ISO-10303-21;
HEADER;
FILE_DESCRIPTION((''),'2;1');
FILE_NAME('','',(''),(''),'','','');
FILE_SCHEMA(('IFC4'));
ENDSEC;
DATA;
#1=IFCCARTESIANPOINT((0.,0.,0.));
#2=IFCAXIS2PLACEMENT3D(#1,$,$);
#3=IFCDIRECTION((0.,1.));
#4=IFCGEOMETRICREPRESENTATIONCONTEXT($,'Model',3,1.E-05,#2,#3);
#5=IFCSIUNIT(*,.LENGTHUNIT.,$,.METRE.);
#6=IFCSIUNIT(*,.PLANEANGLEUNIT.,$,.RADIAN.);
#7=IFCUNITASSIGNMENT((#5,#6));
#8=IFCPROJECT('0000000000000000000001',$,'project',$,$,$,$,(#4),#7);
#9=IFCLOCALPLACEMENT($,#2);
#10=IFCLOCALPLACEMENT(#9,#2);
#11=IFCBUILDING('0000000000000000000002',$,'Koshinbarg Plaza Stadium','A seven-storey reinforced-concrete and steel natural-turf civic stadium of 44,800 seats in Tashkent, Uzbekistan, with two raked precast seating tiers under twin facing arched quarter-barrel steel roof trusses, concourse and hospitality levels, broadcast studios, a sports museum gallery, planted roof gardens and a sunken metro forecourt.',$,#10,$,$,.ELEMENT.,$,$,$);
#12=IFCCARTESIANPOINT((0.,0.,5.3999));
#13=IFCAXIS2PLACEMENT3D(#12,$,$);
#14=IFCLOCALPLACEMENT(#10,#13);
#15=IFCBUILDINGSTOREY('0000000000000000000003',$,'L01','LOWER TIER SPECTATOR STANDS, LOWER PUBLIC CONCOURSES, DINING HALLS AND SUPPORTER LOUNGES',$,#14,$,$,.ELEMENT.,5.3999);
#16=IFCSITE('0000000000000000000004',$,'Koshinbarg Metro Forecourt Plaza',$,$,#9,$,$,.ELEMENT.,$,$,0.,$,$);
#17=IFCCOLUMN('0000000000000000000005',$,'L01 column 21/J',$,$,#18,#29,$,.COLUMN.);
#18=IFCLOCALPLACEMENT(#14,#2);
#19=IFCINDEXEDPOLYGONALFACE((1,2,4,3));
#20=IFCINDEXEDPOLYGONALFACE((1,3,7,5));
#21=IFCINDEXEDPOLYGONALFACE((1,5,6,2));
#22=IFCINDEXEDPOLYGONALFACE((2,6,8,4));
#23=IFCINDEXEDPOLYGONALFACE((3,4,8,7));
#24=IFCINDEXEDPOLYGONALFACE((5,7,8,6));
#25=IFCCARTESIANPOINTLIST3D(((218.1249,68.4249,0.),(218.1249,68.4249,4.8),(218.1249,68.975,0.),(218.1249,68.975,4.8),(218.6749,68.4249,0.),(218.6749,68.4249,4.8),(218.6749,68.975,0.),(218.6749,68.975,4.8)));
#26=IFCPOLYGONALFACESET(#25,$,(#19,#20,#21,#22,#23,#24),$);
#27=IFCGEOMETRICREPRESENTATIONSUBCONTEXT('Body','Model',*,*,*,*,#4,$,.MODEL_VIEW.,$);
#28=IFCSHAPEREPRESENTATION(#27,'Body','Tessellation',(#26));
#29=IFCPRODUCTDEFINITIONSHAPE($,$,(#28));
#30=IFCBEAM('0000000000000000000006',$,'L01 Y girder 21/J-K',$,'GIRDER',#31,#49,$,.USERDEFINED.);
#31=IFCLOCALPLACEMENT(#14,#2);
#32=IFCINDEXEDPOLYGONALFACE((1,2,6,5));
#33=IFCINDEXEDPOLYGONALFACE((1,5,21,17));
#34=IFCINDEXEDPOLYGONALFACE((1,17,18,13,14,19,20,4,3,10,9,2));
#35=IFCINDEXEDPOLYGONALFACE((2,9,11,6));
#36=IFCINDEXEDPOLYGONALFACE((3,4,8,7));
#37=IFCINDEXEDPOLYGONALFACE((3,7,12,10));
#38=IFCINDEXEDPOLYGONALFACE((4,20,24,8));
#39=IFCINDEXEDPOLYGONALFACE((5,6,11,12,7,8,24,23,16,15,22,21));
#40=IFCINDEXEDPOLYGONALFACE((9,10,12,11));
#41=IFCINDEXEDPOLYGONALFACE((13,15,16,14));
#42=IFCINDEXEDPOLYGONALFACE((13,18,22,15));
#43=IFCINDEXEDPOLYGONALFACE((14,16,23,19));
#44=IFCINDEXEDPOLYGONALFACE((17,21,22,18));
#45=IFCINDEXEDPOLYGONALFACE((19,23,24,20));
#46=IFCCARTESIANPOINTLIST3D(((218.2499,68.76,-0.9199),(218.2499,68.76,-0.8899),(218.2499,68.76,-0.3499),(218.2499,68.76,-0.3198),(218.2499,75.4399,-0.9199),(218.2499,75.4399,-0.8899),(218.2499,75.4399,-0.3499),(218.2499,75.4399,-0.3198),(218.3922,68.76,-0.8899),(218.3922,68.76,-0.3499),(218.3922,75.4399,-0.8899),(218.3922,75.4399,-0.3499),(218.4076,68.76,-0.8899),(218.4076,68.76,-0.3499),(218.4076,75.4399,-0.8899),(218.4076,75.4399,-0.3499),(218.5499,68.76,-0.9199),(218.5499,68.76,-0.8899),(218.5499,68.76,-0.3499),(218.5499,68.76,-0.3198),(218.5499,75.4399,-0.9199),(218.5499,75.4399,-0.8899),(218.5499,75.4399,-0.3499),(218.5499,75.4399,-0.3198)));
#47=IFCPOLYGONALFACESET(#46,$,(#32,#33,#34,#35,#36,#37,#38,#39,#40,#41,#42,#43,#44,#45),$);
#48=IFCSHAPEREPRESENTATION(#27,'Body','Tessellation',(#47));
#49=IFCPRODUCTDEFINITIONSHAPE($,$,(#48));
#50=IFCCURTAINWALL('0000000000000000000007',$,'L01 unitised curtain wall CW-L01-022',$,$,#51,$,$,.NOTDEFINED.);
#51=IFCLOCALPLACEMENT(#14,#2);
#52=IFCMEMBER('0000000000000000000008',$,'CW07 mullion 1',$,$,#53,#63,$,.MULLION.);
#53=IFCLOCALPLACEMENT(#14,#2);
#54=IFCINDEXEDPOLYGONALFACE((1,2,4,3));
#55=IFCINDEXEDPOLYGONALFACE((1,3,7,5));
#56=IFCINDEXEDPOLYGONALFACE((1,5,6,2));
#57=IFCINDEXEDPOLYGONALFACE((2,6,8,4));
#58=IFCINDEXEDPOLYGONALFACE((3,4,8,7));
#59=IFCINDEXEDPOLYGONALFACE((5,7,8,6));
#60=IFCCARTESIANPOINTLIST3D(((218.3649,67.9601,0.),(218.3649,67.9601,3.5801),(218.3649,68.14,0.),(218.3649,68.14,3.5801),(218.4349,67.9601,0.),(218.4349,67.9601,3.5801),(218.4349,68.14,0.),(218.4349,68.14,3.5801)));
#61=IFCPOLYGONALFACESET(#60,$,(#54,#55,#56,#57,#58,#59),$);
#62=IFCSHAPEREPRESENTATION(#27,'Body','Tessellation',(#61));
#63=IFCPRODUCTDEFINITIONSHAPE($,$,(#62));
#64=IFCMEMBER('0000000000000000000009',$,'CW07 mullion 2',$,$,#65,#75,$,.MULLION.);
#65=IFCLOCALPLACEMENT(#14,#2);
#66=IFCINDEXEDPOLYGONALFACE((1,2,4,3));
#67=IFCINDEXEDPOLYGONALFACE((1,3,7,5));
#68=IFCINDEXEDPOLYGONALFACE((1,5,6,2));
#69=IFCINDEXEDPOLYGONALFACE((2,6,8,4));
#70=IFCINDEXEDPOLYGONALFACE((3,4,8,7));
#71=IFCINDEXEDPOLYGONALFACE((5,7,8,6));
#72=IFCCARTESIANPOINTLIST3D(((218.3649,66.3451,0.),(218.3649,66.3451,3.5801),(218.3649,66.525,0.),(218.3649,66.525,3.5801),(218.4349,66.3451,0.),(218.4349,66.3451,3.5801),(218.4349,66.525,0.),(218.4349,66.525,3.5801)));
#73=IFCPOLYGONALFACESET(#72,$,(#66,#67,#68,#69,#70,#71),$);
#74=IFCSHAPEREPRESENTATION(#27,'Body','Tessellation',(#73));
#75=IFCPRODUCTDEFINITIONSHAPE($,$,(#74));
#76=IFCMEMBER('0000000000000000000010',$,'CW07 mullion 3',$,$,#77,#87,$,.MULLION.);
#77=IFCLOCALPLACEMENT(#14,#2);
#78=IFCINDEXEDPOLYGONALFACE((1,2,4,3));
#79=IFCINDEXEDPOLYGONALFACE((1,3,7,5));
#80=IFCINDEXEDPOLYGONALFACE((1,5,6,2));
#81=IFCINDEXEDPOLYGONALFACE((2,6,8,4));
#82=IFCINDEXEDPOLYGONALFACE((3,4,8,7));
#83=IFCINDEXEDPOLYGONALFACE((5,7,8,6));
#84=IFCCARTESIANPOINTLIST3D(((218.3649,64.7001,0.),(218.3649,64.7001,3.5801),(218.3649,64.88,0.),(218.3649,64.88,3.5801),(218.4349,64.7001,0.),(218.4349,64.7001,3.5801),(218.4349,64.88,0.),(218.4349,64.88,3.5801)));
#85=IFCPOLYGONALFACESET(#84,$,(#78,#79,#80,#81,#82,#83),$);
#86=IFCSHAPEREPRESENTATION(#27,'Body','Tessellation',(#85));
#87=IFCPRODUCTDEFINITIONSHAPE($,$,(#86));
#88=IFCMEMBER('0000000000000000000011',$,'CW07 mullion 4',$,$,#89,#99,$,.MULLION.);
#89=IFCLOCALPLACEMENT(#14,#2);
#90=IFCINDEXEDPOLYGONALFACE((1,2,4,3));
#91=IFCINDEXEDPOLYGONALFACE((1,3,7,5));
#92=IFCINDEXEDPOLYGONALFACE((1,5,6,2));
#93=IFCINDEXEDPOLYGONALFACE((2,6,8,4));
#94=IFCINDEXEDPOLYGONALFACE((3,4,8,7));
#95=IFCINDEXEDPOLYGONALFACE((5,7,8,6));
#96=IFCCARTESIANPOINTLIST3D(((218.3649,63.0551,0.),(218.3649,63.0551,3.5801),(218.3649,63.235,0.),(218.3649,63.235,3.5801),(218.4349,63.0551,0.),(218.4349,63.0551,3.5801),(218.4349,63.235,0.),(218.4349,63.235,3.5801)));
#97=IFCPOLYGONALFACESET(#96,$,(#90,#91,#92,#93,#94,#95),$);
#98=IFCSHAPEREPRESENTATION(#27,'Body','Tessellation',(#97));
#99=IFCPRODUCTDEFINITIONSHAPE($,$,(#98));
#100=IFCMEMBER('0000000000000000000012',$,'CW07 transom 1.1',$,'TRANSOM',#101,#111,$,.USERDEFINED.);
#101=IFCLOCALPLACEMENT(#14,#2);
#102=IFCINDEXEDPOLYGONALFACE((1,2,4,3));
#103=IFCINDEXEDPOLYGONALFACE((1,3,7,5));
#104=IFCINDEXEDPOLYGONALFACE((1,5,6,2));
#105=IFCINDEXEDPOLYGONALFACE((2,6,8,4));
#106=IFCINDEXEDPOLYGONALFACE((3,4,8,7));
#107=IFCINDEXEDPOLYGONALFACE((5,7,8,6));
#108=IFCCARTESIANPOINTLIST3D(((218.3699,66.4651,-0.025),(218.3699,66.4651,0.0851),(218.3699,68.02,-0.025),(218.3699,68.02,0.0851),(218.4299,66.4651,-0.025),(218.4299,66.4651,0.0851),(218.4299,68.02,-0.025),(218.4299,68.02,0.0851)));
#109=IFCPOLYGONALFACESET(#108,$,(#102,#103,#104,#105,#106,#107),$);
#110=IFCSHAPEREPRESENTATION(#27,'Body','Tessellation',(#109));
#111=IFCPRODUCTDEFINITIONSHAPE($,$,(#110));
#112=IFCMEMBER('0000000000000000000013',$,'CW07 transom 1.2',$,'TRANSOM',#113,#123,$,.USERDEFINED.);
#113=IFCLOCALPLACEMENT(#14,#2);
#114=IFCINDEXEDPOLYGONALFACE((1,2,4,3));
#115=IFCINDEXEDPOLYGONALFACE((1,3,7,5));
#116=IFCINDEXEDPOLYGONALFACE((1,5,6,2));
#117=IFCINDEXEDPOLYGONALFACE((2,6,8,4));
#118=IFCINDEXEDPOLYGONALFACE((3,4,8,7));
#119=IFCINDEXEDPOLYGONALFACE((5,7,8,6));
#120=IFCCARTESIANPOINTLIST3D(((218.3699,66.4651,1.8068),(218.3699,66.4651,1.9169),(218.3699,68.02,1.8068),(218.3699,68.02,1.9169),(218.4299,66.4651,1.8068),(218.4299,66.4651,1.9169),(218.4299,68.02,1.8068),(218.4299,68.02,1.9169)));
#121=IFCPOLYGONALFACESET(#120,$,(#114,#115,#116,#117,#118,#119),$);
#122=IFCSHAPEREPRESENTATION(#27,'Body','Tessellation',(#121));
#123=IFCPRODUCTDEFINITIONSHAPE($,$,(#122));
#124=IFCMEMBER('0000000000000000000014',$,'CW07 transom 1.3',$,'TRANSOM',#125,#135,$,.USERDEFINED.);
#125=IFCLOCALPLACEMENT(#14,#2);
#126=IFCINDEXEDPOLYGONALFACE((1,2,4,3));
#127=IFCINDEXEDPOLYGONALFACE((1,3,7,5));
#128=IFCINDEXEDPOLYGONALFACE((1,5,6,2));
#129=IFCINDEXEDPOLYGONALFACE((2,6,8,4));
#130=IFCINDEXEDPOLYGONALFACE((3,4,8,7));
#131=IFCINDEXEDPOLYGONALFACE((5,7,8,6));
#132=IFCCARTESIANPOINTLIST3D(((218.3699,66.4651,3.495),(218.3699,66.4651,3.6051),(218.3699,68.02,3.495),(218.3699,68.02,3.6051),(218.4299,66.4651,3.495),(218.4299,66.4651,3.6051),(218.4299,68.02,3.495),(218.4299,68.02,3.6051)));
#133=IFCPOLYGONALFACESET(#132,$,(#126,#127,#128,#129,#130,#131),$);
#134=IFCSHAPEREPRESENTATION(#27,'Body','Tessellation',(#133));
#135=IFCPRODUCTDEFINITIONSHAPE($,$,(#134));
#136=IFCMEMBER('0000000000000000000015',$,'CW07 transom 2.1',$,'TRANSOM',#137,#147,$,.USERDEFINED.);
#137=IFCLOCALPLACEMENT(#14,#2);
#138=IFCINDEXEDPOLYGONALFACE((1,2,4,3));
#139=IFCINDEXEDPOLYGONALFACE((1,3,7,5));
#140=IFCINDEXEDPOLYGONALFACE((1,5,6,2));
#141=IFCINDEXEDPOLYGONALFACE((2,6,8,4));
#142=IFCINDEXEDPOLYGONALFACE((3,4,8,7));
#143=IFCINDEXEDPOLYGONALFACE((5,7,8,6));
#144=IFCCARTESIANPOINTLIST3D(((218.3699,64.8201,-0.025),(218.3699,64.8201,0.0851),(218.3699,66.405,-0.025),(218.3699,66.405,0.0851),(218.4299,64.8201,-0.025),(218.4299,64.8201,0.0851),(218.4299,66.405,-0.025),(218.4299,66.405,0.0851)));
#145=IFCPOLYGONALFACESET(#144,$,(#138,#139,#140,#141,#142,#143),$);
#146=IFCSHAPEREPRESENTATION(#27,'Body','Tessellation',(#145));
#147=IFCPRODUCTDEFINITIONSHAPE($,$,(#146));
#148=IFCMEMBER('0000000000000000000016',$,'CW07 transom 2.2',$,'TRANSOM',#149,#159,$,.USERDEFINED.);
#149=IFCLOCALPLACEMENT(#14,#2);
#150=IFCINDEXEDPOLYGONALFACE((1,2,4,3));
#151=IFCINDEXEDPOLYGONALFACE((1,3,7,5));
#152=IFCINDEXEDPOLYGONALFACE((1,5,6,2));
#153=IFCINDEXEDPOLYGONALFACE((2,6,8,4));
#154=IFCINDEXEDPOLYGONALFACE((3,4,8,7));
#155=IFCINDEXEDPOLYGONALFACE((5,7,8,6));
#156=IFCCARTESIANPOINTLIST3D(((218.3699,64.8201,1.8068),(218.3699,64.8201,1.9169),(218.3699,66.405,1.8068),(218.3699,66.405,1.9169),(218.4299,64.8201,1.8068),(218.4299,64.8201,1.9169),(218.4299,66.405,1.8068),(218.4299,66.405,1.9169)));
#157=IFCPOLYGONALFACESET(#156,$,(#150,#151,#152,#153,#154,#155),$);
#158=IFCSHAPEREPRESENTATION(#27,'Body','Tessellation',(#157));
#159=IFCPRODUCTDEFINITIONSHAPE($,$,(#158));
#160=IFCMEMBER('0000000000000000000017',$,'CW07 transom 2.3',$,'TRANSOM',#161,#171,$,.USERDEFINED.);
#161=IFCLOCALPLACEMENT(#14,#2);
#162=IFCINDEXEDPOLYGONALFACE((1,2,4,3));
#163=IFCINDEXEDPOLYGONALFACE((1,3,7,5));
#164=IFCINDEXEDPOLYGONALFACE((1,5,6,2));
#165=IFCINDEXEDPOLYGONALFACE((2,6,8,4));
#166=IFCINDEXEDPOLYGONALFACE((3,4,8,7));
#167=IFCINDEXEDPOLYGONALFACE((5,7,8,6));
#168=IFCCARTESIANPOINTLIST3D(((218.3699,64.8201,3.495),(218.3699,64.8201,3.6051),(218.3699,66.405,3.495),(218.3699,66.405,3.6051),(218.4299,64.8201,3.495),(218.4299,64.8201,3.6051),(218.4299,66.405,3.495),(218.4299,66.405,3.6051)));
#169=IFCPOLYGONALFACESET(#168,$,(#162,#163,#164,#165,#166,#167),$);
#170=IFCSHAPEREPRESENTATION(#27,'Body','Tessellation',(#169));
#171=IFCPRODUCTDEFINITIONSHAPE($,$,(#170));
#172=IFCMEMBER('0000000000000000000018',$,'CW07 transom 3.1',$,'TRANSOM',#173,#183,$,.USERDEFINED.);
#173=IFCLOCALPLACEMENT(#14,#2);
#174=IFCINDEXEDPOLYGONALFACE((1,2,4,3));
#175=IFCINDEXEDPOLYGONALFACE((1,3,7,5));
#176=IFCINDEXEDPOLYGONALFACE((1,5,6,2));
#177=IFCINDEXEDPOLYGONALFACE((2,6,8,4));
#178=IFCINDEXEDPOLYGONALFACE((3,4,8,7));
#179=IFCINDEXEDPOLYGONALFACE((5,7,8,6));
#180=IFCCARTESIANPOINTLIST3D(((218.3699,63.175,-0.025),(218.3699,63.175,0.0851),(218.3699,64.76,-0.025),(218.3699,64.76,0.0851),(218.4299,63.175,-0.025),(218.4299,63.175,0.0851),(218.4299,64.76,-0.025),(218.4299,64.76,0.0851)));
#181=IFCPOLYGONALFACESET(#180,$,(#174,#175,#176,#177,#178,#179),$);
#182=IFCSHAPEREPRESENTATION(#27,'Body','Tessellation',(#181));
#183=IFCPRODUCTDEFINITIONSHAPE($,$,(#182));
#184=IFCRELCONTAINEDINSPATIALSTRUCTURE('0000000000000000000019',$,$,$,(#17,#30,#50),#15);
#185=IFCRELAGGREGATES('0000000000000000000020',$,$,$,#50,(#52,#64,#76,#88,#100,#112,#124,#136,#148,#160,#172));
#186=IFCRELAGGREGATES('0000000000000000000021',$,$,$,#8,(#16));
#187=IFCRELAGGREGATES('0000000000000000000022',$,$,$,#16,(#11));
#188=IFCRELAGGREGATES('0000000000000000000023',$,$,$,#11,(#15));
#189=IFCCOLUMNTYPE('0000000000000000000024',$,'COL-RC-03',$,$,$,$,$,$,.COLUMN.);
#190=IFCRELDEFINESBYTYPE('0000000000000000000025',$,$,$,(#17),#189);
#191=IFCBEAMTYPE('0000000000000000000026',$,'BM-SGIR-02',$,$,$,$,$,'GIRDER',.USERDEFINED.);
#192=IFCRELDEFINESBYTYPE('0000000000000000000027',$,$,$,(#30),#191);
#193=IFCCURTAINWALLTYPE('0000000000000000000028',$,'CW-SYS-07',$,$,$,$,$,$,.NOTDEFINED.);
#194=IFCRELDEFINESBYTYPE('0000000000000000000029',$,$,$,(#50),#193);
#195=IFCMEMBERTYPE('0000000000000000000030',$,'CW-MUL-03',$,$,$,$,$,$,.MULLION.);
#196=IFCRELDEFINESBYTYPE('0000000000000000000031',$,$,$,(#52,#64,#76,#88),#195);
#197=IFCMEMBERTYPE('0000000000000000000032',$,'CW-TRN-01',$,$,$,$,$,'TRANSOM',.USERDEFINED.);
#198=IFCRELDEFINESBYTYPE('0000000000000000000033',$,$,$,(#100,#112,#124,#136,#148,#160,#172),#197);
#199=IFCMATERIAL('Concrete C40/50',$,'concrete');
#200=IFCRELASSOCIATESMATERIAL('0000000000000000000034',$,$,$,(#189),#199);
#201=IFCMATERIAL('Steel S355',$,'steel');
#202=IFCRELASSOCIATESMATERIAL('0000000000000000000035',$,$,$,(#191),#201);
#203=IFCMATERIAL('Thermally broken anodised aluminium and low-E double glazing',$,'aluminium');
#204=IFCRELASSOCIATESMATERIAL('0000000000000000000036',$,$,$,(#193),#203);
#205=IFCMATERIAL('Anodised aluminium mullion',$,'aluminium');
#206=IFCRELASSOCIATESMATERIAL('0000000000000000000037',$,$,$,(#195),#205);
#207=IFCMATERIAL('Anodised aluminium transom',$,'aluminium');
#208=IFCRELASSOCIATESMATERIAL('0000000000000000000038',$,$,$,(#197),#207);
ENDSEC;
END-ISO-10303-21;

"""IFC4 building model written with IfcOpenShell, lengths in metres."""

from ifc_helpers import new_model, si_unit, direction, frame, origin, origin_2d, place, context, subcontext, project, spatial, rectangle, i_section, extrude, material, material_profile, profile_set, type_object, element, aggregate, save


model = new_model("IFC4")

# Units and contexts
model_context = context("Model", 3, precision=1e-05, world=origin(), true_north=direction((0.0, 1.0)))
body_context = subcontext(model_context, "Body", "Model", "MODEL_VIEW")
ifc_project = project(units=[si_unit("LENGTHUNIT", "METRE"), si_unit("PLANEANGLEUNIT", "RADIAN")], contexts=[model_context])

# Site, building, storey
site_placement = place(None, origin())
site = spatial("IfcSite", under=ifc_project, at=site_placement, Name="Koshinbarg Metro Forecourt Plaza", CompositionType="ELEMENT", RefElevation=0.0)
building_placement = place(site_placement, origin())
building = spatial("IfcBuilding", under=site, at=building_placement, Name="Koshinbarg Plaza Stadium", Description="A seven-storey reinforced-concrete and steel natural-turf civic stadium of 44,800 seats in Tashkent, Uzbekistan, with two raked precast seating tiers under twin facing arched quarter-barrel steel roof trusses, concourse and hospitality levels, broadcast studios, a sports museum gallery, planted roof gardens and a sunken metro forecourt.", CompositionType="ELEMENT")
storey_placement = place(building_placement, frame((0.0, 0.0, 5.3999)))
storey = spatial("IfcBuildingStorey", under=building, at=storey_placement, Name="L01", Description="LOWER TIER SPECTATOR STANDS, LOWER PUBLIC CONCOURSES, DINING HALLS AND SUPPORTER LOUNGES", CompositionType="ELEMENT", Elevation=5.3999)

# Column
ifc_material_1 = material(Name="Concrete C40/50", Category="concrete")
ifc_material_profile_1 = material_profile(ifc_material_1, rectangle(XDim=0.55, YDim=0.55, at=origin_2d()), Name="RC 550x550")
ifc_profile_set_1 = profile_set([ifc_material_profile_1], Name="Concrete C40/50")
column_type = type_object("IfcColumnType", Name="COL-RC-03", PredefinedType="COLUMN", material=ifc_profile_set_1)
column_placement = place(storey_placement, frame((218.3999, 68.7, 0.0), z_axis=(0.0, 0.0, 1.0), x_axis=(1.0, 0.0, 0.0)))
element("IfcColumn", 1, at=column_placement, inside=storey, type_object=column_type, Name="L01 column 21/J", PredefinedType="COLUMN", context=body_context, shape_type="SweptSolid", body=[
    extrude(rectangle(XDim=0.55, YDim=0.55, at=origin_2d()), origin(), (0.0, 0.0, 1.0), 4.8),
])

# Beam
ifc_material_2 = material(Name="Steel S355", Category="steel")
ifc_material_profile_2 = material_profile(ifc_material_2, i_section(OverallWidth=0.3, OverallDepth=0.6001, WebThickness=0.0154, FlangeThickness=0.03, at=origin_2d()), Name="HEB 600")
ifc_profile_set_2 = profile_set([ifc_material_profile_2], Name="Steel S355")
beam_type = type_object("IfcBeamType", Name="BM-SGIR-02", ElementType="GIRDER", PredefinedType="USERDEFINED", material=ifc_profile_set_2)
beam_placement = place(storey_placement, frame((218.3999, 68.76, -0.6199), z_axis=(0.0, 1.0, 0.0), x_axis=(-1.0, 0.0, 0.0)))
element("IfcBeam", 2, at=beam_placement, inside=storey, type_object=beam_type, Name="L01 Y girder 21/J-K", ObjectType="GIRDER", PredefinedType="USERDEFINED", context=body_context, shape_type="SweptSolid", body=[
    extrude(i_section(OverallWidth=0.3, OverallDepth=0.6001, WebThickness=0.0154, FlangeThickness=0.03, at=origin_2d()), origin(), (0.0, 0.0, 1.0), 6.6799),
])

# Curtain wall, members
ifc_material_3 = material(Name="Thermally broken anodised aluminium and low-E double glazing", Category="aluminium")
curtain_wall_type = type_object("IfcCurtainWallType", Name="CW-SYS-07", PredefinedType="NOTDEFINED", material=ifc_material_3)
curtain_wall_placement = place(storey_placement, origin())
curtain_wall = element("IfcCurtainWall", 3, at=curtain_wall_placement, inside=storey, type_object=curtain_wall_type, Name="L01 unitised curtain wall CW-L01-022", PredefinedType="NOTDEFINED")
ifc_material_4 = material(Name="Anodised aluminium mullion", Category="aluminium")
ifc_material_profile_3 = material_profile(ifc_material_4, rectangle(XDim=0.0701, YDim=0.1799, at=origin_2d()), Name="ALU 70x180")
ifc_profile_set_3 = profile_set([ifc_material_profile_3], Name="Anodised aluminium mullion")
member_type_1 = type_object("IfcMemberType", Name="CW-MUL-03", PredefinedType="MULLION", material=ifc_profile_set_3)
member_1_placement = place(storey_placement, frame((218.3999, 68.05, 0.0), z_axis=(0.0, 0.0, 1.0), x_axis=(1.0, 0.0, 0.0)))
member_1 = element("IfcMember", 4, at=member_1_placement, type_object=member_type_1, Name="CW07 mullion 1", PredefinedType="MULLION", context=body_context, shape_type="SweptSolid", body=[
    extrude(rectangle(XDim=0.0701, YDim=0.1799, at=origin_2d()), origin(), (0.0, 0.0, 1.0), 3.5801),
])
member_2_placement = place(storey_placement, frame((218.3999, 66.4351, 0.0), z_axis=(0.0, 0.0, 1.0), x_axis=(1.0, 0.0, 0.0)))
member_2 = element("IfcMember", 5, at=member_2_placement, type_object=member_type_1, Name="CW07 mullion 2", PredefinedType="MULLION", context=body_context, shape_type="SweptSolid", body=[
    extrude(rectangle(XDim=0.0701, YDim=0.1799, at=origin_2d()), origin(), (0.0, 0.0, 1.0), 3.5801),
])
member_3_placement = place(storey_placement, frame((218.3999, 64.79, 0.0), z_axis=(0.0, 0.0, 1.0), x_axis=(1.0, 0.0, 0.0)))
member_3 = element("IfcMember", 6, at=member_3_placement, type_object=member_type_1, Name="CW07 mullion 3", PredefinedType="MULLION", context=body_context, shape_type="SweptSolid", body=[
    extrude(rectangle(XDim=0.0701, YDim=0.1799, at=origin_2d()), origin(), (0.0, 0.0, 1.0), 3.5801),
])
member_4_placement = place(storey_placement, frame((218.3999, 63.145, 0.0), z_axis=(0.0, 0.0, 1.0), x_axis=(1.0, 0.0, 0.0)))
member_4 = element("IfcMember", 7, at=member_4_placement, type_object=member_type_1, Name="CW07 mullion 4", PredefinedType="MULLION", context=body_context, shape_type="SweptSolid", body=[
    extrude(rectangle(XDim=0.0701, YDim=0.1799, at=origin_2d()), origin(), (0.0, 0.0, 1.0), 3.5801),
])
ifc_material_5 = material(Name="Anodised aluminium transom", Category="aluminium")
ifc_material_profile_4 = material_profile(ifc_material_5, rectangle(XDim=0.0601, YDim=0.1101, at=origin_2d()), Name="ALU 60x110")
ifc_profile_set_4 = profile_set([ifc_material_profile_4], Name="Anodised aluminium transom")
member_type_2 = type_object("IfcMemberType", Name="CW-TRN-01", ElementType="TRANSOM", PredefinedType="USERDEFINED", material=ifc_profile_set_4)
member_5_placement = place(storey_placement, frame((218.3999, 68.02, 0.03), z_axis=(0.0, -1.0, 0.0), x_axis=(1.0, 0.0, 0.0)))
member_5 = element("IfcMember", 8, at=member_5_placement, type_object=member_type_2, Name="CW07 transom 1.1", ObjectType="TRANSOM", PredefinedType="USERDEFINED", context=body_context, shape_type="SweptSolid", body=[
    extrude(rectangle(XDim=0.0601, YDim=0.1101, at=origin_2d()), origin(), (0.0, 0.0, 1.0), 1.5549),
])
member_6_placement = place(storey_placement, frame((218.3999, 68.02, 1.8618), z_axis=(0.0, -1.0, 0.0), x_axis=(1.0, 0.0, 0.0)))
member_6 = element("IfcMember", 9, at=member_6_placement, type_object=member_type_2, Name="CW07 transom 1.2", ObjectType="TRANSOM", PredefinedType="USERDEFINED", context=body_context, shape_type="SweptSolid", body=[
    extrude(rectangle(XDim=0.0601, YDim=0.1101, at=origin_2d()), origin(), (0.0, 0.0, 1.0), 1.5549),
])
member_7_placement = place(storey_placement, frame((218.3999, 68.02, 3.55), z_axis=(0.0, -1.0, 0.0), x_axis=(1.0, 0.0, 0.0)))
member_7 = element("IfcMember", 10, at=member_7_placement, type_object=member_type_2, Name="CW07 transom 1.3", ObjectType="TRANSOM", PredefinedType="USERDEFINED", context=body_context, shape_type="SweptSolid", body=[
    extrude(rectangle(XDim=0.0601, YDim=0.1101, at=origin_2d()), origin(), (0.0, 0.0, 1.0), 1.5549),
])
member_8_placement = place(storey_placement, frame((218.3999, 66.405, 0.03), z_axis=(0.0, -1.0, 0.0), x_axis=(1.0, 0.0, 0.0)))
member_8 = element("IfcMember", 11, at=member_8_placement, type_object=member_type_2, Name="CW07 transom 2.1", ObjectType="TRANSOM", PredefinedType="USERDEFINED", context=body_context, shape_type="SweptSolid", body=[
    extrude(rectangle(XDim=0.0601, YDim=0.1101, at=origin_2d()), origin(), (0.0, 0.0, 1.0), 1.585),
])
member_9_placement = place(storey_placement, frame((218.3999, 66.405, 1.8618), z_axis=(0.0, -1.0, 0.0), x_axis=(1.0, 0.0, 0.0)))
member_9 = element("IfcMember", 12, at=member_9_placement, type_object=member_type_2, Name="CW07 transom 2.2", ObjectType="TRANSOM", PredefinedType="USERDEFINED", context=body_context, shape_type="SweptSolid", body=[
    extrude(rectangle(XDim=0.0601, YDim=0.1101, at=origin_2d()), origin(), (0.0, 0.0, 1.0), 1.585),
])
member_10_placement = place(storey_placement, frame((218.3999, 66.405, 3.55), z_axis=(0.0, -1.0, 0.0), x_axis=(1.0, 0.0, 0.0)))
member_10 = element("IfcMember", 13, at=member_10_placement, type_object=member_type_2, Name="CW07 transom 2.3", ObjectType="TRANSOM", PredefinedType="USERDEFINED", context=body_context, shape_type="SweptSolid", body=[
    extrude(rectangle(XDim=0.0601, YDim=0.1101, at=origin_2d()), origin(), (0.0, 0.0, 1.0), 1.585),
])
member_11_placement = place(storey_placement, frame((218.3999, 64.76, 0.03), z_axis=(0.0, -1.0, 0.0), x_axis=(1.0, 0.0, 0.0)))
member_11 = element("IfcMember", 14, at=member_11_placement, type_object=member_type_2, Name="CW07 transom 3.1", ObjectType="TRANSOM", PredefinedType="USERDEFINED", context=body_context, shape_type="SweptSolid", body=[
    extrude(rectangle(XDim=0.0601, YDim=0.1101, at=origin_2d()), origin(), (0.0, 0.0, 1.0), 1.585),
])
aggregate(curtain_wall, [member_1, member_2, member_3, member_4, member_5, member_6, member_7, member_8, member_9, member_10, member_11])

save(model, "model.ifc")
